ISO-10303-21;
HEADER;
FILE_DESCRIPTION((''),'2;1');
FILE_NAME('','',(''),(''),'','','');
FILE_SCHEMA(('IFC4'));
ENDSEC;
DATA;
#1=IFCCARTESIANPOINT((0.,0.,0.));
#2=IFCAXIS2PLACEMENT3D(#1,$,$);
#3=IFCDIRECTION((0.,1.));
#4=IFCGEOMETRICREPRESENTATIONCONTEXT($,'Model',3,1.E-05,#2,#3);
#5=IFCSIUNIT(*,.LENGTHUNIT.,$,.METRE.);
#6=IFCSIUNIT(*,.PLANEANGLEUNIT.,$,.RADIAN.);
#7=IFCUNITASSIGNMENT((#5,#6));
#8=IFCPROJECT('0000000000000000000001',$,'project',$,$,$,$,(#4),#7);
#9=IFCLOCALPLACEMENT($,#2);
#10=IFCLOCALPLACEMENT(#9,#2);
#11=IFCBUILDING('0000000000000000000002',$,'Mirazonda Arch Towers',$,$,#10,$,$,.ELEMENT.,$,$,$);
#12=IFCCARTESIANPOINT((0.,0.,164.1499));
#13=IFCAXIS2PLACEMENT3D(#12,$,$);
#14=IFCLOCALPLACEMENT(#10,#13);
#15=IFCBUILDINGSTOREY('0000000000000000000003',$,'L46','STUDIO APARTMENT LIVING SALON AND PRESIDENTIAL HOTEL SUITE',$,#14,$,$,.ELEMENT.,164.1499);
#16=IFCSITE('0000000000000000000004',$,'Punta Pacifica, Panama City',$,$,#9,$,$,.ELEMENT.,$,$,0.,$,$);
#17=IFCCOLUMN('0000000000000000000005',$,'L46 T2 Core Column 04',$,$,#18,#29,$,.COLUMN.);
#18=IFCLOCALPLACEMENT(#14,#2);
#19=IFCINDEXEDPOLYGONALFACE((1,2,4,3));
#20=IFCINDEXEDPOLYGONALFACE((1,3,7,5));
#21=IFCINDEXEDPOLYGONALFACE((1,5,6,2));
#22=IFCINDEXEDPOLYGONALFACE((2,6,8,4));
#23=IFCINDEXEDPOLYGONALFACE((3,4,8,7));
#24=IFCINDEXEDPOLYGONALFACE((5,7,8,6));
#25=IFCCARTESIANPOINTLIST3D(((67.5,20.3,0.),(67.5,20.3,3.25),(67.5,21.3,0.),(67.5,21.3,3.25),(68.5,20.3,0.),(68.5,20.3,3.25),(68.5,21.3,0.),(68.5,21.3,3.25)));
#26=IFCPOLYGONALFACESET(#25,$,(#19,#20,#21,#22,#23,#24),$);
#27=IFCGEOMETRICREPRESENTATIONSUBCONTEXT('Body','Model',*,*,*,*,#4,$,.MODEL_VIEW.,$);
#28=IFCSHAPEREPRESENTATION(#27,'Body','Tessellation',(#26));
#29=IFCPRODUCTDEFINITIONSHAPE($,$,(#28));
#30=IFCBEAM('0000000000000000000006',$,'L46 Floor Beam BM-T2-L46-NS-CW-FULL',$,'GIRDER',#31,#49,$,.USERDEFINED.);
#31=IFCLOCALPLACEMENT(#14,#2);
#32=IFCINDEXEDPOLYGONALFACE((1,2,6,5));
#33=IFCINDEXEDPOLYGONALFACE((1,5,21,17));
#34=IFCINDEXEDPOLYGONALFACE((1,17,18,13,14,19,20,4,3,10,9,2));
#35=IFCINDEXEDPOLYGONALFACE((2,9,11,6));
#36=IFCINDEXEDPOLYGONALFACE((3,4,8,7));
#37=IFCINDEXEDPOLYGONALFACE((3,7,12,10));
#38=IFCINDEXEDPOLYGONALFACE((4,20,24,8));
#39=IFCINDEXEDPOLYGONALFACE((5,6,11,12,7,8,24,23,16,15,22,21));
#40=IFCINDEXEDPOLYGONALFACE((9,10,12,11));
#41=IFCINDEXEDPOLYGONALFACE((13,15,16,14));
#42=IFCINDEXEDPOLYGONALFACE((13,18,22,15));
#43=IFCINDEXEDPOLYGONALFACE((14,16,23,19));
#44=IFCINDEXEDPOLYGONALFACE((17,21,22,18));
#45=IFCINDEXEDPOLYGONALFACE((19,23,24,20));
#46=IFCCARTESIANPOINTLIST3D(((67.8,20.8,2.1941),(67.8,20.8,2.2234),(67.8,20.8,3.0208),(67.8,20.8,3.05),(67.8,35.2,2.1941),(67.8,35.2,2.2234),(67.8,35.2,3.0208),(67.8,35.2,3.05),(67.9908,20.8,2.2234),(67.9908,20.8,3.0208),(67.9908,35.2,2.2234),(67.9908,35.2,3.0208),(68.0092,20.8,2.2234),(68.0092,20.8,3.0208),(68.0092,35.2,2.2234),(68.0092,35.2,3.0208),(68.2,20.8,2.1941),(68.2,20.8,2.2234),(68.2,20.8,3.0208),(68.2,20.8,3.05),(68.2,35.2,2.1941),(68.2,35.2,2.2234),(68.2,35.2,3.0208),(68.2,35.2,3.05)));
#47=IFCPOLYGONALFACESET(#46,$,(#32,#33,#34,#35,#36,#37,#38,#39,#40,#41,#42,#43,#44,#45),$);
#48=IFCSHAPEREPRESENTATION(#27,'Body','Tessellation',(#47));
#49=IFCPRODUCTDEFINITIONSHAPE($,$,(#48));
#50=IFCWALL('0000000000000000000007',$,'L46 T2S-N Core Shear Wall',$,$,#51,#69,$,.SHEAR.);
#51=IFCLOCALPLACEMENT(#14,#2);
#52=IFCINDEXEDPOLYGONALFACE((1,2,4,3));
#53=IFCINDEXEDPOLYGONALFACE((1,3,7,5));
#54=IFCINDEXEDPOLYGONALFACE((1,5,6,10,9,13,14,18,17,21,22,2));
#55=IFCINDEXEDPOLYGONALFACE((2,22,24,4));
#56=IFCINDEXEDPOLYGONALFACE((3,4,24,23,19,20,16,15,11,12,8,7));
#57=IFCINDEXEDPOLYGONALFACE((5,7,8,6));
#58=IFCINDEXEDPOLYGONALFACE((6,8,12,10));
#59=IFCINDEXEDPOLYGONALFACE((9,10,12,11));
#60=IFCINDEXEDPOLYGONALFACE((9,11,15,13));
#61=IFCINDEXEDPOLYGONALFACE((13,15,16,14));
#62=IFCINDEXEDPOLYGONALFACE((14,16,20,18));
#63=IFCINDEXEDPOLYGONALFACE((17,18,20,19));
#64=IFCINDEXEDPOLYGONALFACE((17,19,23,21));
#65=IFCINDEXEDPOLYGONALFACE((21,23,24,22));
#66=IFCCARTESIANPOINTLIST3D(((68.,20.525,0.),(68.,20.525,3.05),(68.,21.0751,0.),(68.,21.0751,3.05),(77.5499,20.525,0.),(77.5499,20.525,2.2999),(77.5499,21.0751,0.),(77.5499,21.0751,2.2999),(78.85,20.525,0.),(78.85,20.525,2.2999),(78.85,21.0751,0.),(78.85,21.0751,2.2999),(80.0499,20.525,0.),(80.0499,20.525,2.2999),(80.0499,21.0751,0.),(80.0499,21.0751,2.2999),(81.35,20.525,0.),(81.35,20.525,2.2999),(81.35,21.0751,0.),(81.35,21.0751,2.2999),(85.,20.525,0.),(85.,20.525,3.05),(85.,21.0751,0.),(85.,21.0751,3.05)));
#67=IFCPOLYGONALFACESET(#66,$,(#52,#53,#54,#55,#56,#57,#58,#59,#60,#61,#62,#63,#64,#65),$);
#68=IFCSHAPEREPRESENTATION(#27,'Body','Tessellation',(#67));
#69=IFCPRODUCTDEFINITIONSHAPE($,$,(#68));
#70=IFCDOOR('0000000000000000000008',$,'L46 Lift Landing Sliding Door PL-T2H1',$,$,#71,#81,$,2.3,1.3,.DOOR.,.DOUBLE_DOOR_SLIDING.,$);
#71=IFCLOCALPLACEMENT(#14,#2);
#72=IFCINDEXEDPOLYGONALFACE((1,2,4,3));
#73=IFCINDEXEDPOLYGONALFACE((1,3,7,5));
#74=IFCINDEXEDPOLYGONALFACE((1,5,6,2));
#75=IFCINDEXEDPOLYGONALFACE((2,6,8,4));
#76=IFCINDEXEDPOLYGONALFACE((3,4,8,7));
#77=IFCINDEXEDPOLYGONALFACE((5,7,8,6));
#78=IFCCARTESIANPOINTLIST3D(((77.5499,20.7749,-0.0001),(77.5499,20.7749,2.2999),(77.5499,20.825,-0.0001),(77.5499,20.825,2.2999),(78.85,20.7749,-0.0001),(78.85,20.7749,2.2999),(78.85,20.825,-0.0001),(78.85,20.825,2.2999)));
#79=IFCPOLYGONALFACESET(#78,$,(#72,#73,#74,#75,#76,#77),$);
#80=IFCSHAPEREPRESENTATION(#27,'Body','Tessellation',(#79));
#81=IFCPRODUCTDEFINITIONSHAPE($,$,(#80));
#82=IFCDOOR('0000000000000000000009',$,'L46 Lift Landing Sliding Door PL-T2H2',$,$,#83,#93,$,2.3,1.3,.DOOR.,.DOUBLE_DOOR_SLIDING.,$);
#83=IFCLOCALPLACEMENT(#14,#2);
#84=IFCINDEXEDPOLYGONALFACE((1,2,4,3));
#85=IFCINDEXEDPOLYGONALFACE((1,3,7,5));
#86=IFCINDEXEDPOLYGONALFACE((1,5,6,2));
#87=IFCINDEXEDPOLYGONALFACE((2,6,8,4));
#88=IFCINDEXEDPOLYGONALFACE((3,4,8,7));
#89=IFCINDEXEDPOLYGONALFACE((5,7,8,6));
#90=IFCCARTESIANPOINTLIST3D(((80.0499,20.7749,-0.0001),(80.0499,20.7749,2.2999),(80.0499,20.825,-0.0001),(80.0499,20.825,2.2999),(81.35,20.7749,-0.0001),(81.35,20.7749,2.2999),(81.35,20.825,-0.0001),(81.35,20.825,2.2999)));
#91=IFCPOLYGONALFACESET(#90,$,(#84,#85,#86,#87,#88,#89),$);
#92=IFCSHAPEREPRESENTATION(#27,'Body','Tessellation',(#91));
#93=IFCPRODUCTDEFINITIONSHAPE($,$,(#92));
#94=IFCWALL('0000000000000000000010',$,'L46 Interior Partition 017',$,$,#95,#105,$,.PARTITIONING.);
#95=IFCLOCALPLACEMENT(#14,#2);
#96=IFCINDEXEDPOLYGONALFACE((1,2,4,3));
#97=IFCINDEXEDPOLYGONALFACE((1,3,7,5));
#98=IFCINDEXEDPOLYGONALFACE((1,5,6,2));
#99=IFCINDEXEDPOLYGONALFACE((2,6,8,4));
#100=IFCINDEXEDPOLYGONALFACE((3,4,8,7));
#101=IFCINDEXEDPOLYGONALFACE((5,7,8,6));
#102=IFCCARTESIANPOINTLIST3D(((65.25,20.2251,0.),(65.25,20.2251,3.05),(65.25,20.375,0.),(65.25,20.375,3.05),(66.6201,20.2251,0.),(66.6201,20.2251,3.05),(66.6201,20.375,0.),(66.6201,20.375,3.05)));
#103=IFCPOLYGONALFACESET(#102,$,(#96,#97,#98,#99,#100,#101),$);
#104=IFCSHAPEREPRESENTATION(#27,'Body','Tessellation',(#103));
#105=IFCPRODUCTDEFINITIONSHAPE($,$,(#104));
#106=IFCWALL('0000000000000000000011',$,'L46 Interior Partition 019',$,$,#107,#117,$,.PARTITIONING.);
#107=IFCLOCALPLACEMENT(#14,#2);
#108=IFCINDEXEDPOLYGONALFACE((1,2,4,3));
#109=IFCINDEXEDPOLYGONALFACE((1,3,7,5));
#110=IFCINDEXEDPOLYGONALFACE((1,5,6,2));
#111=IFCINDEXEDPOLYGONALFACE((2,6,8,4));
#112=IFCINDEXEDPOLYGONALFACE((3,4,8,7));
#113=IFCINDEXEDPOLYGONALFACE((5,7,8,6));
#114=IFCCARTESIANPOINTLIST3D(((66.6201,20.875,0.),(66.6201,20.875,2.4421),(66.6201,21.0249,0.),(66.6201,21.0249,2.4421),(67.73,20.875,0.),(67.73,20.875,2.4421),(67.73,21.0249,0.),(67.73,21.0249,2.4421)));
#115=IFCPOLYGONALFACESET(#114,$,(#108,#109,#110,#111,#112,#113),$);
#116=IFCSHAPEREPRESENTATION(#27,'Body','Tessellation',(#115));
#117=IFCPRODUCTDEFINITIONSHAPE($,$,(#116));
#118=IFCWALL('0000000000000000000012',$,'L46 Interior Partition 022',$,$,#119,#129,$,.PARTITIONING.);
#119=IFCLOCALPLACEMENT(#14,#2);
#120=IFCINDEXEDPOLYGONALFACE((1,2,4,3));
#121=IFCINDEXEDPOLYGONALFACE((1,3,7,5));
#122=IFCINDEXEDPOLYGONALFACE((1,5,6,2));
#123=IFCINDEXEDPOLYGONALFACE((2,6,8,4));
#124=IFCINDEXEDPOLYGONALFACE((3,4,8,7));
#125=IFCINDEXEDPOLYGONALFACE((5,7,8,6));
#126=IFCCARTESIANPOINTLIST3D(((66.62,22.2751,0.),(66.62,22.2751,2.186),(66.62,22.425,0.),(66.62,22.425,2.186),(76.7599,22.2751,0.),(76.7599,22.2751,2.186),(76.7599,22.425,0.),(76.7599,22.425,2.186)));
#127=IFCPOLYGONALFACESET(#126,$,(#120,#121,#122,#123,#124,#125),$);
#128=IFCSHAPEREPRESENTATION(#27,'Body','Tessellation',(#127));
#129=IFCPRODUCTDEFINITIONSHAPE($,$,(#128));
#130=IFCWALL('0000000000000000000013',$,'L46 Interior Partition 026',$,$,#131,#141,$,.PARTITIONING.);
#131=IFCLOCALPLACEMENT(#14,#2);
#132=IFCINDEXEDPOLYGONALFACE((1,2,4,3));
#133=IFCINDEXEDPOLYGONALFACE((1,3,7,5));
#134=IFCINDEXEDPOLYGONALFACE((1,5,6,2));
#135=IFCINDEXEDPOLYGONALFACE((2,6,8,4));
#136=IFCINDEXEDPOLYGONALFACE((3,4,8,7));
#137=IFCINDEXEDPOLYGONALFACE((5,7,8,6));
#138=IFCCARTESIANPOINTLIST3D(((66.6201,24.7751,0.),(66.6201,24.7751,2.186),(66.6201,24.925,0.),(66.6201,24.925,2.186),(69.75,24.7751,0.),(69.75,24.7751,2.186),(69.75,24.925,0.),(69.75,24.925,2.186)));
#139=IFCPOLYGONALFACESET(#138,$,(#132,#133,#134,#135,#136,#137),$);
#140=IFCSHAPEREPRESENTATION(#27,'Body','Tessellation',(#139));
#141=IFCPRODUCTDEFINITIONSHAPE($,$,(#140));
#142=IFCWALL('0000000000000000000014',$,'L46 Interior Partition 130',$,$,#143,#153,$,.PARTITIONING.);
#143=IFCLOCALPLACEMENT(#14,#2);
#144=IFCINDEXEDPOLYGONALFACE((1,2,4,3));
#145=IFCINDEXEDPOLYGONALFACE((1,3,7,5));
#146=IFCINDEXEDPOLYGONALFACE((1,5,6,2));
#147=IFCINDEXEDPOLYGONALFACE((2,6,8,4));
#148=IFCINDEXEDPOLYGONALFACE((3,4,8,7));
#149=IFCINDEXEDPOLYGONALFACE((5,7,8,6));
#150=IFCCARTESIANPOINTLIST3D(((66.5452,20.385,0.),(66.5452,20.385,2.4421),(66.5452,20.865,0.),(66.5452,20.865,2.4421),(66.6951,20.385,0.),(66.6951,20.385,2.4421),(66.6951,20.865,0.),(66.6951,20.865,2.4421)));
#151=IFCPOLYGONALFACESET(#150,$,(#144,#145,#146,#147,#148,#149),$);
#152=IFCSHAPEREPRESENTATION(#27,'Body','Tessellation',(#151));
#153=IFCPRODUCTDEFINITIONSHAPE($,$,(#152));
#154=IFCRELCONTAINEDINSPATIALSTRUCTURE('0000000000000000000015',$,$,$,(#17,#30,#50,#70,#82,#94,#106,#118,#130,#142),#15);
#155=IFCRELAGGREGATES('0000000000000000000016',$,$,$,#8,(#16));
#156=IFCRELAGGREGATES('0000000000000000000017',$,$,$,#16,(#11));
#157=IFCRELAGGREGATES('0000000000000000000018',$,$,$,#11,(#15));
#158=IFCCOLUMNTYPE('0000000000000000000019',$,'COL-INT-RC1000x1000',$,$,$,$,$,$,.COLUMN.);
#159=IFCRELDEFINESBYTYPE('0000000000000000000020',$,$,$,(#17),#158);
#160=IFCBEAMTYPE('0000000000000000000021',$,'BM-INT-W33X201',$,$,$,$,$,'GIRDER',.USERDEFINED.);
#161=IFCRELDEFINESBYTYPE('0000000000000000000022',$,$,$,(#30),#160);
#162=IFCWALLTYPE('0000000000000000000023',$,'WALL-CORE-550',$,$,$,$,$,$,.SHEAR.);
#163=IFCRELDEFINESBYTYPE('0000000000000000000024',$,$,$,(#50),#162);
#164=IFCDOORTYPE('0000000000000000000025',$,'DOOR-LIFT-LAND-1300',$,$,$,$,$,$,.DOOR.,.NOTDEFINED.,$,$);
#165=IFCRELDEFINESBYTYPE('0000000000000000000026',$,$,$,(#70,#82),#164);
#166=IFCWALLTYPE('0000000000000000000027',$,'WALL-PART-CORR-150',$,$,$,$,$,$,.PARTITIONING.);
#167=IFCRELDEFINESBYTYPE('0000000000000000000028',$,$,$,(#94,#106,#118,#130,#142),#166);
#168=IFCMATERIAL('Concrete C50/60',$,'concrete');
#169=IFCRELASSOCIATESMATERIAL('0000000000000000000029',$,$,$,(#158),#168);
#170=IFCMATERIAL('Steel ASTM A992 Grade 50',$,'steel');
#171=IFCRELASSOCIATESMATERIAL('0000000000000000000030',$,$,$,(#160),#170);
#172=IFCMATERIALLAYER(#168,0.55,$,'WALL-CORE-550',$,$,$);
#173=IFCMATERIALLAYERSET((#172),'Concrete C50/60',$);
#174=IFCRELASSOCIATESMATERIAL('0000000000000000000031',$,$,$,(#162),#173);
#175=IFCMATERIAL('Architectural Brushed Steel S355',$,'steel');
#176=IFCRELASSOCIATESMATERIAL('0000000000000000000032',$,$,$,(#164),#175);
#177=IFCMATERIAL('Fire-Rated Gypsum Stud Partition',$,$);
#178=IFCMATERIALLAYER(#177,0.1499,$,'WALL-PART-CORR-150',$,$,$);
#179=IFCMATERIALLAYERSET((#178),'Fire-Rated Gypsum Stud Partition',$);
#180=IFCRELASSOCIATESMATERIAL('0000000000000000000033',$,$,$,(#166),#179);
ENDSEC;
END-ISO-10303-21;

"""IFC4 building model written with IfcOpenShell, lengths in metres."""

from ifc_helpers import new_model, si_unit, direction, frame, frame_2d, origin, origin_2d, place, context, subcontext, project, spatial, rectangle, i_section, extrude, material, layer, layer_set, material_profile, profile_set, type_object, element, fill, save


model = new_model("IFC4")

# Units and contexts
model_context = context("Model", 3, precision=1e-05, world=origin(), true_north=direction((0.0, 1.0)))
body_context = subcontext(model_context, "Body", "Model", "MODEL_VIEW")
ifc_project = project(units=[si_unit("LENGTHUNIT", "METRE"), si_unit("PLANEANGLEUNIT", "RADIAN")], contexts=[model_context])

# Site, building, storey
site_placement = place(None, origin())
site = spatial("IfcSite", under=ifc_project, at=site_placement, Name="Punta Pacifica, Panama City", CompositionType="ELEMENT", RefElevation=0.0)
building_placement = place(site_placement, origin())
building = spatial("IfcBuilding", under=site, at=building_placement, Name="Mirazonda Arch Towers", CompositionType="ELEMENT")
storey_placement = place(building_placement, frame((0.0, 0.0, 164.1499)))
storey = spatial("IfcBuildingStorey", under=building, at=storey_placement, Name="L46", Description="STUDIO APARTMENT LIVING SALON AND PRESIDENTIAL HOTEL SUITE", CompositionType="ELEMENT", Elevation=164.1499)

# Column
ifc_material_1 = material(Name="Concrete C50/60", Category="concrete")
ifc_material_profile_1 = material_profile(ifc_material_1, rectangle(XDim=1.0, YDim=1.0, at=origin_2d()), Name="RC1000x1000")
ifc_profile_set_1 = profile_set([ifc_material_profile_1], Name="Concrete C50/60")
column_type = type_object("IfcColumnType", Name="COL-INT-RC1000x1000", PredefinedType="COLUMN", material=ifc_profile_set_1)
column_placement = place(storey_placement, frame((68.0, 20.8, 0.0), z_axis=(0.0, 0.0, 1.0), x_axis=(1.0, 0.0, 0.0)))
element("IfcColumn", 1, at=column_placement, inside=storey, type_object=column_type, Name="L46 T2 Core Column 04", PredefinedType="COLUMN", context=body_context, shape_type="SweptSolid", body=[
    extrude(rectangle(XDim=1.0, YDim=1.0, at=origin_2d()), origin(), (0.0, 0.0, 1.0), 3.25),
])

# Beam
ifc_material_2 = material(Name="Steel ASTM A992 Grade 50", Category="steel")
ifc_material_profile_2 = material_profile(ifc_material_2, i_section(OverallWidth=0.3999, OverallDepth=0.856, WebThickness=0.0183, FlangeThickness=0.0293, at=origin_2d()), Name="W33X201")
ifc_profile_set_2 = profile_set([ifc_material_profile_2], Name="Steel ASTM A992 Grade 50")
beam_type = type_object("IfcBeamType", Name="BM-INT-W33X201", ElementType="GIRDER", PredefinedType="USERDEFINED", material=ifc_profile_set_2)
beam_placement = place(storey_placement, frame((68.0, 20.8, 2.6221), z_axis=(0.0, 1.0, 0.0), x_axis=(-1.0, 0.0, 0.0)))
element("IfcBeam", 2, at=beam_placement, inside=storey, type_object=beam_type, Name="L46 Floor Beam BM-T2-L46-NS-CW-FULL", ObjectType="GIRDER", PredefinedType="USERDEFINED", context=body_context, shape_type="SweptSolid", body=[
    extrude(i_section(OverallWidth=0.3999, OverallDepth=0.856, WebThickness=0.0183, FlangeThickness=0.0293, at=origin_2d()), origin(), (0.0, 0.0, 1.0), 14.3999),
])

# Wall, openings, doors
ifc_layer_1 = layer(ifc_material_1, 0.55, Name="WALL-CORE-550")
ifc_layer_set_1 = layer_set([ifc_layer_1], Name="Concrete C50/60")
wall_type_1 = type_object("IfcWallType", Name="WALL-CORE-550", PredefinedType="SHEAR", material=ifc_layer_set_1)
wall_1_placement = place(storey_placement, frame((68.0, 20.8, 0.0), z_axis=(0.0, 0.0, 1.0), x_axis=(1.0, 0.0, 0.0)))
wall_1 = element("IfcWall", 3, at=wall_1_placement, inside=storey, type_object=wall_type_1, Name="L46 T2S-N Core Shear Wall", PredefinedType="SHEAR", context=body_context, shape_type="SweptSolid", body=[
    extrude(rectangle(XDim=17.0, YDim=0.55, at=frame_2d((8.5, 0.0))), origin(), (0.0, 0.0, 1.0), 3.05),
])
opening_1_placement = place(wall_1_placement, frame((9.55, 0.0, 0.0)))
opening_1 = element("IfcOpeningElement", 4, at=opening_1_placement, cuts=wall_1, PredefinedType="OPENING", context=body_context, shape_type="SweptSolid", body=[
    extrude(rectangle(XDim=1.3, YDim=2.3, at=frame_2d((0.6499, 1.1499))), frame((0.0, 0.2849, 0.0), z_axis=(0.0, -1.0, 0.0), x_axis=(1.0, 0.0, 0.0)), (0.0, 0.0, 1.0), 0.5701),
])
opening_2_placement = place(wall_1_placement, frame((12.05, 0.0, 0.0)))
opening_2 = element("IfcOpeningElement", 5, at=opening_2_placement, cuts=wall_1, PredefinedType="OPENING", context=body_context, shape_type="SweptSolid", body=[
    extrude(rectangle(XDim=1.3, YDim=2.3, at=frame_2d((0.6499, 1.1499))), frame((0.0, 0.2849, 0.0), z_axis=(0.0, -1.0, 0.0), x_axis=(1.0, 0.0, 0.0)), (0.0, 0.0, 1.0), 0.5701),
])
ifc_material_3 = material(Name="Architectural Brushed Steel S355", Category="steel")
door_type_1 = type_object("IfcDoorType", Name="DOOR-LIFT-LAND-1300", OperationType="NOTDEFINED", PredefinedType="DOOR", material=ifc_material_3)
door_1_placement = place(opening_1_placement, origin())
door_1 = element("IfcDoor", 6, at=door_1_placement, inside=storey, type_object=door_type_1, Name="L46 Lift Landing Sliding Door PL-T2H1", OperationType="DOUBLE_DOOR_SLIDING", OverallHeight=2.3, OverallWidth=1.3, PredefinedType="DOOR", context=body_context, shape_type="SweptSolid", body=[
    extrude(rectangle(XDim=1.3, YDim=2.3, at=frame_2d((0.6499, 1.1499))), frame((0.0, 0.0249, 0.0), z_axis=(0.0, -1.0, 0.0), x_axis=(1.0, 0.0, 0.0)), (0.0, 0.0, 1.0), 0.05),
])
fill(opening_1, door_1)
door_2_placement = place(opening_2_placement, origin())
door_2 = element("IfcDoor", 7, at=door_2_placement, inside=storey, type_object=door_type_1, Name="L46 Lift Landing Sliding Door PL-T2H2", OperationType="DOUBLE_DOOR_SLIDING", OverallHeight=2.3, OverallWidth=1.3, PredefinedType="DOOR", context=body_context, shape_type="SweptSolid", body=[
    extrude(rectangle(XDim=1.3, YDim=2.3, at=frame_2d((0.6499, 1.1499))), frame((0.0, 0.0249, 0.0), z_axis=(0.0, -1.0, 0.0), x_axis=(1.0, 0.0, 0.0)), (0.0, 0.0, 1.0), 0.05),
])
fill(opening_2, door_2)

# Walls
ifc_material_4 = material(Name="Fire-Rated Gypsum Stud Partition")
ifc_layer_2 = layer(ifc_material_4, 0.1499, Name="WALL-PART-CORR-150")
ifc_layer_set_2 = layer_set([ifc_layer_2], Name="Fire-Rated Gypsum Stud Partition")
wall_type_2 = type_object("IfcWallType", Name="WALL-PART-CORR-150", PredefinedType="PARTITIONING", material=ifc_layer_set_2)
wall_2_placement = place(storey_placement, frame((65.25, 20.3, 0.0), z_axis=(0.0, 0.0, 1.0), x_axis=(1.0, 0.0, 0.0)))
element("IfcWall", 8, at=wall_2_placement, inside=storey, type_object=wall_type_2, Name="L46 Interior Partition 017", PredefinedType="PARTITIONING", context=body_context, shape_type="SweptSolid", body=[
    extrude(rectangle(XDim=1.3701, YDim=0.1499, at=frame_2d((0.6851, 0.0))), origin(), (0.0, 0.0, 1.0), 3.05),
])
wall_3_placement = place(storey_placement, frame((66.6201, 20.95, 0.0), z_axis=(0.0, 0.0, 1.0), x_axis=(1.0, 0.0, 0.0)))
element("IfcWall", 9, at=wall_3_placement, inside=storey, type_object=wall_type_2, Name="L46 Interior Partition 019", PredefinedType="PARTITIONING", context=body_context, shape_type="SweptSolid", body=[
    extrude(rectangle(XDim=1.1099, YDim=0.1499, at=frame_2d((0.5549, 0.0))), origin(), (0.0, 0.0, 1.0), 2.4421),
])
wall_4_placement = place(storey_placement, frame((66.6201, 22.3501, 0.0), z_axis=(0.0, 0.0, 1.0), x_axis=(1.0, 0.0, 0.0)))
element("IfcWall", 10, at=wall_4_placement, inside=storey, type_object=wall_type_2, Name="L46 Interior Partition 022", PredefinedType="PARTITIONING", context=body_context, shape_type="SweptSolid", body=[
    extrude(rectangle(XDim=10.1399, YDim=0.1499, at=frame_2d((5.0698, 0.0))), origin(), (0.0, 0.0, 1.0), 2.186),
])
wall_5_placement = place(storey_placement, frame((66.6201, 24.8501, 0.0), z_axis=(0.0, 0.0, 1.0), x_axis=(1.0, 0.0, 0.0)))
element("IfcWall", 11, at=wall_5_placement, inside=storey, type_object=wall_type_2, Name="L46 Interior Partition 026", PredefinedType="PARTITIONING", context=body_context, shape_type="SweptSolid", body=[
    extrude(rectangle(XDim=3.1299, YDim=0.1499, at=frame_2d((1.5649, 0.0))), origin(), (0.0, 0.0, 1.0), 2.186),
])
wall_6_placement = place(storey_placement, frame((66.6201, 20.385, 0.0), z_axis=(0.0, 0.0, 1.0), x_axis=(0.0, 1.0, 0.0)))
element("IfcWall", 12, at=wall_6_placement, inside=storey, type_object=wall_type_2, Name="L46 Interior Partition 130", PredefinedType="PARTITIONING", context=body_context, shape_type="SweptSolid", body=[
    extrude(rectangle(XDim=0.48, YDim=0.1499, at=frame_2d((0.24, 0.0))), origin(), (0.0, 0.0, 1.0), 2.4421),
])

save(model, "model.ifc")
